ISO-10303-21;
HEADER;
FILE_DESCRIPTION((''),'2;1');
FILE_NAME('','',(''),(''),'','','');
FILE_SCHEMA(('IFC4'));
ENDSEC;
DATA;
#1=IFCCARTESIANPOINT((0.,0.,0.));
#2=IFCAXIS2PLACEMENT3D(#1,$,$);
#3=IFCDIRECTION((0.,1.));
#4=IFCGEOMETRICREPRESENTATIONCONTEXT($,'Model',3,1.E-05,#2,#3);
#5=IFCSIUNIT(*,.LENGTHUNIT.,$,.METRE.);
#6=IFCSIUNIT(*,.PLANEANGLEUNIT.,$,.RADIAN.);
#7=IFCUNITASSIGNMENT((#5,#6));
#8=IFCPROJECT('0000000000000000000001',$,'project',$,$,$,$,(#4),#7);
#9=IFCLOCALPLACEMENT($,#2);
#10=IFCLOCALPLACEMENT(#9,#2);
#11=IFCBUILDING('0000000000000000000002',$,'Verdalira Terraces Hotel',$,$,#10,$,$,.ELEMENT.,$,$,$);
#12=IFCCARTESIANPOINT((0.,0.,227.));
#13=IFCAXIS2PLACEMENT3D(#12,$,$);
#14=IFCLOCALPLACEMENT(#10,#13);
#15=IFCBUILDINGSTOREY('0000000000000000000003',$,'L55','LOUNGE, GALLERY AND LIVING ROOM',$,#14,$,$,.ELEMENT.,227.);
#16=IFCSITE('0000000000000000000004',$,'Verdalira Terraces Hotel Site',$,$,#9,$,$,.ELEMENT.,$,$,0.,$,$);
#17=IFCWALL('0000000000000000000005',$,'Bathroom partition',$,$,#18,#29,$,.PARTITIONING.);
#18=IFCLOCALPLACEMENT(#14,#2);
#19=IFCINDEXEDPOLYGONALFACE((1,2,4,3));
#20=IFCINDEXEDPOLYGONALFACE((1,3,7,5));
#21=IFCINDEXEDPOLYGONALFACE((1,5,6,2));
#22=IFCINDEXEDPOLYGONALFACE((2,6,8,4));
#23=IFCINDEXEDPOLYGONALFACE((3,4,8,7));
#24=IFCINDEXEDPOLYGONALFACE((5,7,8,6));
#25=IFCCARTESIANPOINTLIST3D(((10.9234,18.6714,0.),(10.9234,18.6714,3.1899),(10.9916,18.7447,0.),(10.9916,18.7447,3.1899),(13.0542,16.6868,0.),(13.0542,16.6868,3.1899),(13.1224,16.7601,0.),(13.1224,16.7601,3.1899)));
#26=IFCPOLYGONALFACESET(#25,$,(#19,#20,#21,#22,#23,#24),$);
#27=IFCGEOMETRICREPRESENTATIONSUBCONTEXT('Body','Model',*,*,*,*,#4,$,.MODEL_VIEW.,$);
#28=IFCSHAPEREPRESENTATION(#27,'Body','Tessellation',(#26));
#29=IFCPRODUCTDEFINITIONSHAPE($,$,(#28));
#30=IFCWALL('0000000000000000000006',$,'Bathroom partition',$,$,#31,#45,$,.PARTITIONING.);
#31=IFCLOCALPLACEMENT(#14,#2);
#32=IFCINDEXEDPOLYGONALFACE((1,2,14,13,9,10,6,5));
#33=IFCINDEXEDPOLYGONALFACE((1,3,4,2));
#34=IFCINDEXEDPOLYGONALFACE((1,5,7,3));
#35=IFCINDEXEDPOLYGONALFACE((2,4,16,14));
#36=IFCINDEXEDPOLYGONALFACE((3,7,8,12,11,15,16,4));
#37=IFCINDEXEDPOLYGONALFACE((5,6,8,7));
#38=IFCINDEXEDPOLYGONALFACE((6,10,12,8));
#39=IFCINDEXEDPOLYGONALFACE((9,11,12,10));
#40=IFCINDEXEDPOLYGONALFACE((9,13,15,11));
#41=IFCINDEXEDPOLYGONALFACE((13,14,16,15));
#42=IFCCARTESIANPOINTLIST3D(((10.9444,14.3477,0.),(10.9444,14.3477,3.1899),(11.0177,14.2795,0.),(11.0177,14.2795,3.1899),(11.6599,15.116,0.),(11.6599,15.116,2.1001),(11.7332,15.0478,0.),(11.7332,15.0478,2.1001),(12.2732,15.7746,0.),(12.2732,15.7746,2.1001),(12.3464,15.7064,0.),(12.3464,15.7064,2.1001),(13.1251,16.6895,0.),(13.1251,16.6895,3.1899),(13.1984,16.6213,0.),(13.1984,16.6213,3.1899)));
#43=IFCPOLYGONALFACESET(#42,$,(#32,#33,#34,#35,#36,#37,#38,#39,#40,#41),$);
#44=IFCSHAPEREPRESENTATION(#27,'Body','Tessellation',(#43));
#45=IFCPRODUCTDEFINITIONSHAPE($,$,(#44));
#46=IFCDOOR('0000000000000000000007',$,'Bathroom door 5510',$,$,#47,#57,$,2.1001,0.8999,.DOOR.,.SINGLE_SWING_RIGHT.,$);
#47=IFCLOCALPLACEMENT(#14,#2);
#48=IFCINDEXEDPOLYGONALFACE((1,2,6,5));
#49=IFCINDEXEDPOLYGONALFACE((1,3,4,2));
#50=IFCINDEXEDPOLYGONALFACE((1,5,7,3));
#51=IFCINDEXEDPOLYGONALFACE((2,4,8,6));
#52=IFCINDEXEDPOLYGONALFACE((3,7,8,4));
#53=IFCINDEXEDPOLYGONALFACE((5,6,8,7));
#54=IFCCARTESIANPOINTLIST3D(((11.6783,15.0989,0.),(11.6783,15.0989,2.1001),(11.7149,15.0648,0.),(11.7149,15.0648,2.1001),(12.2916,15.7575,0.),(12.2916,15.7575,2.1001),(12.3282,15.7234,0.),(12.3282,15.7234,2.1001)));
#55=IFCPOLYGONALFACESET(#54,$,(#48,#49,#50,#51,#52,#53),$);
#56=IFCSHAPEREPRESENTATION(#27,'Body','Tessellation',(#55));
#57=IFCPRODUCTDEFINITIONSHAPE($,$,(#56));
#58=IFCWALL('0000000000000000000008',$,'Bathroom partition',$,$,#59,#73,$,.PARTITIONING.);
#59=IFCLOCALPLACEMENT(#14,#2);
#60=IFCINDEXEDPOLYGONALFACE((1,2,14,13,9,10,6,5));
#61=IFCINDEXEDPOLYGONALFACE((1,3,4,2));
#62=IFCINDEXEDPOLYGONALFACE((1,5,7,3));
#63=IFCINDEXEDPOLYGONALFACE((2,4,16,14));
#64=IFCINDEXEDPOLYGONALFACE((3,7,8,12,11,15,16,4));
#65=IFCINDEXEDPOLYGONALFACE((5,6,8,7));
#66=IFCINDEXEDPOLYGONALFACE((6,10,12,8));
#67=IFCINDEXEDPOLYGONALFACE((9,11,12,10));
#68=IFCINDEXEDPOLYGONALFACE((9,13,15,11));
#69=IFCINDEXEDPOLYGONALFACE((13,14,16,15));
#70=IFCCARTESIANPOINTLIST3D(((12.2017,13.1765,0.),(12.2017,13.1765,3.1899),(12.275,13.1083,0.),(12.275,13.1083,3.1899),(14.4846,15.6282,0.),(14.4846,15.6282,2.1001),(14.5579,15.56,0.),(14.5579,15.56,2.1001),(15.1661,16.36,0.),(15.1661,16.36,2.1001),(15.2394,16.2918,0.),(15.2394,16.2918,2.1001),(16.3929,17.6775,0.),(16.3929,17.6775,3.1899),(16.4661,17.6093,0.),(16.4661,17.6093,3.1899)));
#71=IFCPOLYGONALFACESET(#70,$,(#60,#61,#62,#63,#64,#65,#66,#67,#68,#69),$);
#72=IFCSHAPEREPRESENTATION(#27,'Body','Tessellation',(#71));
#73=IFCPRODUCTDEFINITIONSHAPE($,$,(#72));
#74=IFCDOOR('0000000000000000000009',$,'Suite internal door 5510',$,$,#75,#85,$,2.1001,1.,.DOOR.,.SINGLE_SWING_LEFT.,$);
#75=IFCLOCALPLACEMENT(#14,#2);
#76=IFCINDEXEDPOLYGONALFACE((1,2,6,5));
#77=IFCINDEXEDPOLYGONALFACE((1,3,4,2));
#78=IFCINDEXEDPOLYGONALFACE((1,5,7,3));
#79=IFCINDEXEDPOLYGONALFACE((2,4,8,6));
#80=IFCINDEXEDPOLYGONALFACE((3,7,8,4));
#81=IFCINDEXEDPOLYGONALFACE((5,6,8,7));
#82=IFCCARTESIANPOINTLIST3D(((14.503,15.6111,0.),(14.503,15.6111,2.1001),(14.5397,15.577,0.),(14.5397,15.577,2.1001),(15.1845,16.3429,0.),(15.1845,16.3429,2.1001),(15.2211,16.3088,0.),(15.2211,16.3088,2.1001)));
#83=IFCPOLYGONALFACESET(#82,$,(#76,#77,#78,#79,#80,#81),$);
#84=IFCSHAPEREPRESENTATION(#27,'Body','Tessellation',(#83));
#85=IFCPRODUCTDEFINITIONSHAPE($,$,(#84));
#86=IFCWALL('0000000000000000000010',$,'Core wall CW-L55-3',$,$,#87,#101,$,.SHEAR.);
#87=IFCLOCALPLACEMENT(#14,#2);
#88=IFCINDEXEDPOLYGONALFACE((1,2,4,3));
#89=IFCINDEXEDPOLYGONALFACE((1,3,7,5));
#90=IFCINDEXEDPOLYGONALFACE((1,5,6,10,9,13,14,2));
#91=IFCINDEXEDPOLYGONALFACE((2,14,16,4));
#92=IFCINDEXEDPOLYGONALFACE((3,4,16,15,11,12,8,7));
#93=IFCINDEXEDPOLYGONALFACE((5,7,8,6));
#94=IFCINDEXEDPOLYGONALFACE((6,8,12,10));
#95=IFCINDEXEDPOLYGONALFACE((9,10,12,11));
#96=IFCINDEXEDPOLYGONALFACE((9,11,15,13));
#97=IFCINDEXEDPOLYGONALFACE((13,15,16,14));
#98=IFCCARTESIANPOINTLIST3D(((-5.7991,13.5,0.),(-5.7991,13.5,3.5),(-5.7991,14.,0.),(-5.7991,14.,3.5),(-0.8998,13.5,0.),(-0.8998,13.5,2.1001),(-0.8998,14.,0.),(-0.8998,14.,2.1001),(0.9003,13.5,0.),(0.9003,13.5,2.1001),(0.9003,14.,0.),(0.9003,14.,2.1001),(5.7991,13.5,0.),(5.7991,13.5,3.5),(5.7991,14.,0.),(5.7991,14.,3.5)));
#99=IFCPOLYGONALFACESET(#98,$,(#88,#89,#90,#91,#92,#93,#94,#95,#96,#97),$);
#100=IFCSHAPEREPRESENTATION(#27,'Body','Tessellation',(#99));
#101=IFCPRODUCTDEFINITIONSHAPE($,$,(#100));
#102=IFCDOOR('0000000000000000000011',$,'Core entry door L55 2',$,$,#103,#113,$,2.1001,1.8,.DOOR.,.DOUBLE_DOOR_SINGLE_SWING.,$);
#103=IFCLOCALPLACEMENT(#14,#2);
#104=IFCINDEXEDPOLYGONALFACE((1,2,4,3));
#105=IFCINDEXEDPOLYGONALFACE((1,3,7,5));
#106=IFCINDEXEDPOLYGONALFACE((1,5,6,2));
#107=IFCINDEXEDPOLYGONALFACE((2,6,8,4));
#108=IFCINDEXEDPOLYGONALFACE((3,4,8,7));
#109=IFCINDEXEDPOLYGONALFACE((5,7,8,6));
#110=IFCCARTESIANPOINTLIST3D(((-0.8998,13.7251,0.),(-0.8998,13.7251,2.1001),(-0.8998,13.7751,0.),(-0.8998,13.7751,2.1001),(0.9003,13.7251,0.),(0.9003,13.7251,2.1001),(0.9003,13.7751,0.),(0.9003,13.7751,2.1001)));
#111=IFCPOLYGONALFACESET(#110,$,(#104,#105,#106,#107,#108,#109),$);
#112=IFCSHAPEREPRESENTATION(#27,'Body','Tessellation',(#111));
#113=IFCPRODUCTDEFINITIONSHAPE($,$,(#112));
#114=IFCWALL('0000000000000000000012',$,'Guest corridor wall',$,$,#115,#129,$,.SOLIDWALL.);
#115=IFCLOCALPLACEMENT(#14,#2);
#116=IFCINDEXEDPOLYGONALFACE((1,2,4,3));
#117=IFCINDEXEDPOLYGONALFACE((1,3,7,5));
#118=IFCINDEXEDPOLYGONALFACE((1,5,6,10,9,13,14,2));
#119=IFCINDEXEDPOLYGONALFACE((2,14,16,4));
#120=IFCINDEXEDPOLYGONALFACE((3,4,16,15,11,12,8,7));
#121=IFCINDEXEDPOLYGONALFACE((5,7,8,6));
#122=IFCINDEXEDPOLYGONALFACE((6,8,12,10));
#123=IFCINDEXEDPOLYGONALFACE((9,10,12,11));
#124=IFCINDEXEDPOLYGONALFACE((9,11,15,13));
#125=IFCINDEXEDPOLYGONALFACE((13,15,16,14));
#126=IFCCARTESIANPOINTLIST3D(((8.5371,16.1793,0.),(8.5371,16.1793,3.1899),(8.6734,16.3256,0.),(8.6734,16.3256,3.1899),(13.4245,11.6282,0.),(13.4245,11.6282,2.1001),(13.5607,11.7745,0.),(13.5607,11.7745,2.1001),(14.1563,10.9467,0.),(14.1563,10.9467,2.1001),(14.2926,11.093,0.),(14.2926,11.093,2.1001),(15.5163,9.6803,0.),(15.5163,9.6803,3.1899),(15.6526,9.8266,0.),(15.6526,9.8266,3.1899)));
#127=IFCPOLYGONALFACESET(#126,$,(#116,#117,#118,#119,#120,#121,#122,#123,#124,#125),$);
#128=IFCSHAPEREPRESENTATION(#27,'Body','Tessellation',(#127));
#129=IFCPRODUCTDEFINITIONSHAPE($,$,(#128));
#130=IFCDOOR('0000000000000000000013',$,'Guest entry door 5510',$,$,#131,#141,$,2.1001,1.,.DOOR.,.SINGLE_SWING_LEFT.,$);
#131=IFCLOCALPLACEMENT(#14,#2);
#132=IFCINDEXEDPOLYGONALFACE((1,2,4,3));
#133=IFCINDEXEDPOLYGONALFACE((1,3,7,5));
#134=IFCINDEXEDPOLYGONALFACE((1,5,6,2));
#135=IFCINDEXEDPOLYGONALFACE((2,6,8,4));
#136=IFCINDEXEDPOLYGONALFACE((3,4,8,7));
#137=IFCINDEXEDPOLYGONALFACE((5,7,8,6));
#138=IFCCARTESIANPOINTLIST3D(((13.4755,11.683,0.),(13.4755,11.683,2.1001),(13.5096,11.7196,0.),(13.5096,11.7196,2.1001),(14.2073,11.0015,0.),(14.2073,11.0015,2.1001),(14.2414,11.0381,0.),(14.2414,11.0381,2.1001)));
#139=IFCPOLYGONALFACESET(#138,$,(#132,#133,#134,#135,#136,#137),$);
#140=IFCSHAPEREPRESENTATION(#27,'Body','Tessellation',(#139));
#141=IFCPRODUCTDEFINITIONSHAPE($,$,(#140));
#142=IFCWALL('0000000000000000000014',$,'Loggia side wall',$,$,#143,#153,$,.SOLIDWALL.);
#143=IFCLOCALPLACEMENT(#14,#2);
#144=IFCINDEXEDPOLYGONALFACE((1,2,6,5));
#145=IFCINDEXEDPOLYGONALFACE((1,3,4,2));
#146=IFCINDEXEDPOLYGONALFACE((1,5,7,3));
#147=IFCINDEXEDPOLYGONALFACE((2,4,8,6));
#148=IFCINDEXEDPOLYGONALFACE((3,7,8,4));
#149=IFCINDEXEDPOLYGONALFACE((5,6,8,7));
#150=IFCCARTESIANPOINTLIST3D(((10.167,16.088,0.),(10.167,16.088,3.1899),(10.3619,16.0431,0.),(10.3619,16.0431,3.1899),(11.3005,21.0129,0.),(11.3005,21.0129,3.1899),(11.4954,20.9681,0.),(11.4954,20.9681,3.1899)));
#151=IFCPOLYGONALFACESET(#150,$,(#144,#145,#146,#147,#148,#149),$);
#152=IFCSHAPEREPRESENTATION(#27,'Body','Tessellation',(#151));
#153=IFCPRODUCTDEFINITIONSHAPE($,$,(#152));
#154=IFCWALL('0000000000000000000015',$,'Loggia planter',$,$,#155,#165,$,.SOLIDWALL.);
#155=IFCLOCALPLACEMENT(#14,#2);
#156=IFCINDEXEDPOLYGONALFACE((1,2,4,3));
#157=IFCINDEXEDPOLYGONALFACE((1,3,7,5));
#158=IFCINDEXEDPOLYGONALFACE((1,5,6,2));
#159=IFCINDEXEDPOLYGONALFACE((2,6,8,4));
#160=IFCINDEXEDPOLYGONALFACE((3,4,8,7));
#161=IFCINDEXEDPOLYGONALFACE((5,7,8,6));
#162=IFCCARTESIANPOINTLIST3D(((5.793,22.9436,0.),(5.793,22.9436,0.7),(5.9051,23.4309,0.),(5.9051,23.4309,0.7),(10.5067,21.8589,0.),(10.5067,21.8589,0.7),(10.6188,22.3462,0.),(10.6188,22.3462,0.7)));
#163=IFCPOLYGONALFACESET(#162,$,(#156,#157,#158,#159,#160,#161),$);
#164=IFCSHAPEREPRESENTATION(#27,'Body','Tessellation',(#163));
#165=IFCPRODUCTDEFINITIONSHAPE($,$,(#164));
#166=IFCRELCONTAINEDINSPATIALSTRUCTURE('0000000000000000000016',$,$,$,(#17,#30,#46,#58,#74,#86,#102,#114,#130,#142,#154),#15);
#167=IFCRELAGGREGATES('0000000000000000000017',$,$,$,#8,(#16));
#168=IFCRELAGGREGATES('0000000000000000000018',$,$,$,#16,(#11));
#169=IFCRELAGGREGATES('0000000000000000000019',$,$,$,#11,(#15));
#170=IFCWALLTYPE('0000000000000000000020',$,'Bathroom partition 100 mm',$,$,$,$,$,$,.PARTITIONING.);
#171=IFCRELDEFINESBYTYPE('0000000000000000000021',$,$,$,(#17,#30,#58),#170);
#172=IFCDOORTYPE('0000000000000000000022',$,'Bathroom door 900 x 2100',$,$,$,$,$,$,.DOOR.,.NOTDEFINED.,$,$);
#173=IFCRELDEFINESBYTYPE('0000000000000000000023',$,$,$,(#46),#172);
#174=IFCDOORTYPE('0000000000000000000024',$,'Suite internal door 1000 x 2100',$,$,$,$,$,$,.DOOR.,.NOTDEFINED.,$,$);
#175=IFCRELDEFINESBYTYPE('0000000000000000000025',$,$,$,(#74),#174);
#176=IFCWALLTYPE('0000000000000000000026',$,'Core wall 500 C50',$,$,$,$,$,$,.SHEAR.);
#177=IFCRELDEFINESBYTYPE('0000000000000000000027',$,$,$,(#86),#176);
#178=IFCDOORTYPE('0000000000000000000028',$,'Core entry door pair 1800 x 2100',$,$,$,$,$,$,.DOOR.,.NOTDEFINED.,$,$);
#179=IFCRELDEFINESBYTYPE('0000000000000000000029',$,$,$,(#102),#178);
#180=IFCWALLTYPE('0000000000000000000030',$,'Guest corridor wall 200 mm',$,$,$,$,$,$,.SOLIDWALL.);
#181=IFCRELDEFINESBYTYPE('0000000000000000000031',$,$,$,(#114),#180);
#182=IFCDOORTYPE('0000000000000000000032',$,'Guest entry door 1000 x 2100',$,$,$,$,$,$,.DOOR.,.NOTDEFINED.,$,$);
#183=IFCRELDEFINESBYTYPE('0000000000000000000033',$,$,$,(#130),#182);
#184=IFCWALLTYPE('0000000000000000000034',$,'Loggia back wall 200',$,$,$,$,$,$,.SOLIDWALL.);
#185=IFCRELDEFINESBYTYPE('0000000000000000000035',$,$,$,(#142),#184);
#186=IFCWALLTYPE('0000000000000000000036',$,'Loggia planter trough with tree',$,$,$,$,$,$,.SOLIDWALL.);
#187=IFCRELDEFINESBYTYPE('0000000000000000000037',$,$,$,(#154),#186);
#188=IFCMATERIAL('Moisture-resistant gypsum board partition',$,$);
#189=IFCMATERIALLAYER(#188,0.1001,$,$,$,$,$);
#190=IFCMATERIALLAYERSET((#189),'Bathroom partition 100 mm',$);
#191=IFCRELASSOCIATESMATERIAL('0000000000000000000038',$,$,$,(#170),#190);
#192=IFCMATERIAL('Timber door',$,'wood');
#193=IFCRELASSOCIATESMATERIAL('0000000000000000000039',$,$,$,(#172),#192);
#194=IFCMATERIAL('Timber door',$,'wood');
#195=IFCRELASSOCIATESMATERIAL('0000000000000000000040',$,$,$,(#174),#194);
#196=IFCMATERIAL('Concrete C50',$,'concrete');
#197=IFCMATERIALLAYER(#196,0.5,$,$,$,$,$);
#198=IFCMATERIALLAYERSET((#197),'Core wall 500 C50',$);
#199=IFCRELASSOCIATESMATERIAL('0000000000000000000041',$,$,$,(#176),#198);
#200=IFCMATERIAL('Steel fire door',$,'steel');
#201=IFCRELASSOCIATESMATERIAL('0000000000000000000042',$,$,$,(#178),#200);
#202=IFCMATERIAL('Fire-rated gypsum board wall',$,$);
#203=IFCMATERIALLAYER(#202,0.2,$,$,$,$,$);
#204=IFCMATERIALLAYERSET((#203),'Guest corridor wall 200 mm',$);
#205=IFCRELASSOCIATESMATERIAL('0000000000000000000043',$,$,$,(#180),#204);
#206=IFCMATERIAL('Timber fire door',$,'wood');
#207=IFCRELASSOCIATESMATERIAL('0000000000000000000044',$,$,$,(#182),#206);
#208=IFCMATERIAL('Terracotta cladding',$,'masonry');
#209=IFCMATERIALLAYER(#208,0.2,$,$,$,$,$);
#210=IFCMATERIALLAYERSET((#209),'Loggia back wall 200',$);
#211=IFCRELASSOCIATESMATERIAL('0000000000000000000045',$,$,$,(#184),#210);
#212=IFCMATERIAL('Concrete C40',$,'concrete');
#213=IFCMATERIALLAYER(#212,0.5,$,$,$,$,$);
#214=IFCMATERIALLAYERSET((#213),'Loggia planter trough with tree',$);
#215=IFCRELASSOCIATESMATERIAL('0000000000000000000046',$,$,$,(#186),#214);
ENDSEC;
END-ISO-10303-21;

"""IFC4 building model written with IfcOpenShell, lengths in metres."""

from ifc_helpers import new_model, si_unit, direction, frame, frame_2d, origin, place, context, subcontext, project, spatial, rectangle, extrude, material, layer, layer_set, type_object, element, fill, save


model = new_model("IFC4")

# Units and contexts
model_context = context("Model", 3, precision=1e-05, world=origin(), true_north=direction((0.0, 1.0)))
body_context = subcontext(model_context, "Body", "Model", "MODEL_VIEW")
ifc_project = project(units=[si_unit("LENGTHUNIT", "METRE"), si_unit("PLANEANGLEUNIT", "RADIAN")], contexts=[model_context])

# Site, building, storey
site_placement = place(None, origin())
site = spatial("IfcSite", under=ifc_project, at=site_placement, Name="Verdalira Terraces Hotel Site", CompositionType="ELEMENT", RefElevation=0.0)
building_placement = place(site_placement, origin())
building = spatial("IfcBuilding", under=site, at=building_placement, Name="Verdalira Terraces Hotel", CompositionType="ELEMENT")
storey_placement = place(building_placement, frame((0.0, 0.0, 227.0)))
storey = spatial("IfcBuildingStorey", under=building, at=storey_placement, Name="L55", Description="LOUNGE, GALLERY AND LIVING ROOM", CompositionType="ELEMENT", Elevation=227.0)

# Wall
ifc_material_1 = material(Name="Moisture-resistant gypsum board partition")
ifc_layer_1 = layer(ifc_material_1, 0.1001)
ifc_layer_set_1 = layer_set([ifc_layer_1], Name="Bathroom partition 100 mm")
wall_type_1 = type_object("IfcWallType", Name="Bathroom partition 100 mm", PredefinedType="PARTITIONING", material=ifc_layer_set_1)
wall_1_placement = place(storey_placement, frame((13.0884, 16.7234, 0.0), z_axis=(0.0, 0.0, 1.0), x_axis=(-0.731771, 0.68155, 0.0)))
element("IfcWall", 1, at=wall_1_placement, inside=storey, type_object=wall_type_1, Name="Bathroom partition", PredefinedType="PARTITIONING", context=body_context, shape_type="SweptSolid", body=[
    extrude(rectangle(XDim=2.9119, YDim=0.1001, at=frame_2d((1.4561, 0.0))), origin(), (0.0, 0.0, 1.0), 3.1899),
])

# Walls, openings, doors
wall_2_placement = place(storey_placement, frame((10.981, 14.3135, 0.0), z_axis=(0.0, 0.0, 1.0), x_axis=(0.681481, 0.731836, 0.0)))
wall_2 = element("IfcWall", 2, at=wall_2_placement, inside=storey, type_object=wall_type_1, Name="Bathroom partition", PredefinedType="PARTITIONING", context=body_context, shape_type="SweptSolid", body=[
    extrude(rectangle(XDim=3.2, YDim=0.1001, at=frame_2d((1.6001, 0.0))), origin(), (0.0, 0.0, 1.0), 3.1899),
])
opening_1_placement = place(wall_2_placement, frame((1.05, 0.0, 0.0)))
opening_1 = element("IfcOpeningElement", 3, at=opening_1_placement, cuts=wall_2, PredefinedType="OPENING", context=body_context, shape_type="SweptSolid", body=[
    extrude(rectangle(XDim=0.8999, YDim=2.1001, at=frame_2d((0.45, 1.05))), frame((0.0, 0.0601, 0.0), z_axis=(0.0, -1.0, 0.0), x_axis=(1.0, 0.0, 0.0)), (0.0, 0.0, 1.0), 0.1201),
])
ifc_material_2 = material(Name="Timber door", Category="wood")
door_type_1 = type_object("IfcDoorType", Name="Bathroom door 900 x 2100", OperationType="NOTDEFINED", PredefinedType="DOOR", material=ifc_material_2)
door_1_placement = place(opening_1_placement, origin())
door_1 = element("IfcDoor", 4, at=door_1_placement, inside=storey, type_object=door_type_1, Name="Bathroom door 5510", OperationType="SINGLE_SWING_RIGHT", OverallHeight=2.1001, OverallWidth=0.8999, PredefinedType="DOOR", context=body_context, shape_type="SweptSolid", body=[
    extrude(rectangle(XDim=0.8999, YDim=2.1001, at=frame_2d((0.45, 1.05))), frame((0.0, 0.0249, 0.0), z_axis=(0.0, -1.0, 0.0), x_axis=(1.0, 0.0, 0.0)), (0.0, 0.0, 1.0), 0.05),
])
fill(opening_1, door_1)
wall_3_placement = place(storey_placement, frame((12.2383, 13.1423, 0.0), z_axis=(0.0, 0.0, 1.0), x_axis=(0.681471, 0.731846, 0.0)))
wall_3 = element("IfcWall", 5, at=wall_3_placement, inside=storey, type_object=wall_type_1, Name="Bathroom partition", PredefinedType="PARTITIONING", context=body_context, shape_type="SweptSolid", body=[
    extrude(rectangle(XDim=6.1501, YDim=0.1001, at=frame_2d((3.0752, 0.0))), origin(), (0.0, 0.0, 1.0), 3.1899),
])
opening_2_placement = place(wall_3_placement, frame((3.3501, 0.0, 0.0)))
opening_2 = element("IfcOpeningElement", 6, at=opening_2_placement, cuts=wall_3, PredefinedType="OPENING", context=body_context, shape_type="SweptSolid", body=[
    extrude(rectangle(XDim=1.0, YDim=2.1001, at=frame_2d((0.5, 1.05))), frame((0.0, 0.0601, 0.0), z_axis=(0.0, -1.0, 0.0), x_axis=(1.0, 0.0, 0.0)), (0.0, 0.0, 1.0), 0.1201),
])
ifc_material_3 = material(Name="Timber door", Category="wood")
door_type_2 = type_object("IfcDoorType", Name="Suite internal door 1000 x 2100", OperationType="NOTDEFINED", PredefinedType="DOOR", material=ifc_material_3)
door_2_placement = place(opening_2_placement, origin())
door_2 = element("IfcDoor", 7, at=door_2_placement, inside=storey, type_object=door_type_2, Name="Suite internal door 5510", OperationType="SINGLE_SWING_LEFT", OverallHeight=2.1001, OverallWidth=1.0, PredefinedType="DOOR", context=body_context, shape_type="SweptSolid", body=[
    extrude(rectangle(XDim=1.0, YDim=2.1001, at=frame_2d((0.5, 1.05))), frame((0.0, 0.0249, 0.0), z_axis=(0.0, -1.0, 0.0), x_axis=(1.0, 0.0, 0.0)), (0.0, 0.0, 1.0), 0.05),
])
fill(opening_2, door_2)
ifc_material_4 = material(Name="Concrete C50", Category="concrete")
ifc_layer_2 = layer(ifc_material_4, 0.5)
ifc_layer_set_2 = layer_set([ifc_layer_2], Name="Core wall 500 C50")
wall_type_2 = type_object("IfcWallType", Name="Core wall 500 C50", PredefinedType="SHEAR", material=ifc_layer_set_2)
wall_4_placement = place(storey_placement, frame((5.7991, 13.75, 0.0), z_axis=(0.0, 0.0, 1.0), x_axis=(-1.0, 0.0, 0.0)))
wall_4 = element("IfcWall", 8, at=wall_4_placement, inside=storey, type_object=wall_type_2, Name="Core wall CW-L55-3", PredefinedType="SHEAR", context=body_context, shape_type="SweptSolid", body=[
    extrude(rectangle(XDim=11.5981, YDim=0.5, at=frame_2d((5.7991, 0.0))), origin(), (0.0, 0.0, 1.0), 3.5),
])
opening_3_placement = place(wall_4_placement, frame((4.8989, 0.0, 0.0)))
opening_3 = element("IfcOpeningElement", 9, at=opening_3_placement, cuts=wall_4, PredefinedType="OPENING", context=body_context, shape_type="SweptSolid", body=[
    extrude(rectangle(XDim=1.8, YDim=2.1001, at=frame_2d((0.8999, 1.05))), frame((0.0, 0.26, 0.0), z_axis=(0.0, -1.0, 0.0), x_axis=(1.0, 0.0, 0.0)), (0.0, 0.0, 1.0), 0.52),
])
ifc_material_5 = material(Name="Steel fire door", Category="steel")
door_type_3 = type_object("IfcDoorType", Name="Core entry door pair 1800 x 2100", OperationType="NOTDEFINED", PredefinedType="DOOR", material=ifc_material_5)
door_3_placement = place(opening_3_placement, origin())
door_3 = element("IfcDoor", 10, at=door_3_placement, inside=storey, type_object=door_type_3, Name="Core entry door L55 2", OperationType="DOUBLE_DOOR_SINGLE_SWING", OverallHeight=2.1001, OverallWidth=1.8, PredefinedType="DOOR", context=body_context, shape_type="SweptSolid", body=[
    extrude(rectangle(XDim=1.8, YDim=2.1001, at=frame_2d((0.8999, 1.05))), frame((0.0, 0.0249, 0.0), z_axis=(0.0, -1.0, 0.0), x_axis=(1.0, 0.0, 0.0)), (0.0, 0.0, 1.0), 0.05),
])
fill(opening_3, door_3)
ifc_material_6 = material(Name="Fire-rated gypsum board wall")
ifc_layer_3 = layer(ifc_material_6, 0.2)
ifc_layer_set_3 = layer_set([ifc_layer_3], Name="Guest corridor wall 200 mm")
wall_type_3 = type_object("IfcWallType", Name="Guest corridor wall 200 mm", PredefinedType="SOLIDWALL", material=ifc_layer_set_3)
wall_5_placement = place(storey_placement, frame((8.6052, 16.2524, 0.0), z_axis=(0.0, 0.0, 1.0), x_axis=(0.731836, -0.68148, 0.0)))
wall_5 = element("IfcWall", 11, at=wall_5_placement, inside=storey, type_object=wall_type_3, Name="Guest corridor wall", PredefinedType="SOLIDWALL", context=body_context, shape_type="SweptSolid", body=[
    extrude(rectangle(XDim=9.5366, YDim=0.2, at=frame_2d((4.7683, 0.0))), origin(), (0.0, 0.0, 1.0), 3.1899),
])
opening_4_placement = place(wall_5_placement, frame((6.6782, 0.0, 0.0)))
opening_4 = element("IfcOpeningElement", 12, at=opening_4_placement, cuts=wall_5, PredefinedType="OPENING", context=body_context, shape_type="SweptSolid", body=[
    extrude(rectangle(XDim=1.0, YDim=2.1001, at=frame_2d((0.5, 1.05))), frame((0.0, 0.1099, 0.0), z_axis=(0.0, -1.0, 0.0), x_axis=(1.0, 0.0, 0.0)), (0.0, 0.0, 1.0), 0.22),
])
ifc_material_7 = material(Name="Timber fire door", Category="wood")
door_type_4 = type_object("IfcDoorType", Name="Guest entry door 1000 x 2100", OperationType="NOTDEFINED", PredefinedType="DOOR", material=ifc_material_7)
door_4_placement = place(opening_4_placement, origin())
door_4 = element("IfcDoor", 13, at=door_4_placement, inside=storey, type_object=door_type_4, Name="Guest entry door 5510", OperationType="SINGLE_SWING_LEFT", OverallHeight=2.1001, OverallWidth=1.0, PredefinedType="DOOR", context=body_context, shape_type="SweptSolid", body=[
    extrude(rectangle(XDim=1.0, YDim=2.1001, at=frame_2d((0.5, 1.05))), frame((0.0, 0.0249, 0.0), z_axis=(0.0, -1.0, 0.0), x_axis=(1.0, 0.0, 0.0)), (0.0, 0.0, 1.0), 0.05),
])
fill(opening_4, door_4)

# Walls
ifc_material_8 = material(Name="Terracotta cladding", Category="masonry")
ifc_layer_4 = layer(ifc_material_8, 0.2)
ifc_layer_set_4 = layer_set([ifc_layer_4], Name="Loggia back wall 200")
wall_type_4 = type_object("IfcWallType", Name="Loggia back wall 200", PredefinedType="SOLIDWALL", material=ifc_layer_set_4)
wall_6_placement = place(storey_placement, frame((11.3979, 20.9905, 0.0), z_axis=(0.0, 0.0, 1.0), x_axis=(-0.224295, -0.974521, 0.0)))
element("IfcWall", 14, at=wall_6_placement, inside=storey, type_object=wall_type_4, Name="Loggia side wall", PredefinedType="SOLIDWALL", context=body_context, shape_type="SweptSolid", body=[
    extrude(rectangle(XDim=5.0537, YDim=0.2, at=frame_2d((2.5269, 0.0))), origin(), (0.0, 0.0, 1.0), 3.1899),
])
ifc_material_9 = material(Name="Concrete C40", Category="concrete")
ifc_layer_5 = layer(ifc_material_9, 0.5)
ifc_layer_set_5 = layer_set([ifc_layer_5], Name="Loggia planter trough with tree")
wall_type_5 = type_object("IfcWallType", Name="Loggia planter trough with tree", PredefinedType="SOLIDWALL", material=ifc_layer_set_5)
wall_7_placement = place(storey_placement, frame((10.5627, 22.1025, 0.0), z_axis=(0.0, 0.0, 1.0), x_axis=(-0.974529, 0.224262, 0.0)))
element("IfcWall", 15, at=wall_7_placement, inside=storey, type_object=wall_type_5, Name="Loggia planter", PredefinedType="SOLIDWALL", context=body_context, shape_type="SweptSolid", body=[
    extrude(rectangle(XDim=4.8369, YDim=0.5, at=frame_2d((2.4185, 0.0))), origin(), (0.0, 0.0, 1.0), 0.7),
])

save(model, "model.ifc")
